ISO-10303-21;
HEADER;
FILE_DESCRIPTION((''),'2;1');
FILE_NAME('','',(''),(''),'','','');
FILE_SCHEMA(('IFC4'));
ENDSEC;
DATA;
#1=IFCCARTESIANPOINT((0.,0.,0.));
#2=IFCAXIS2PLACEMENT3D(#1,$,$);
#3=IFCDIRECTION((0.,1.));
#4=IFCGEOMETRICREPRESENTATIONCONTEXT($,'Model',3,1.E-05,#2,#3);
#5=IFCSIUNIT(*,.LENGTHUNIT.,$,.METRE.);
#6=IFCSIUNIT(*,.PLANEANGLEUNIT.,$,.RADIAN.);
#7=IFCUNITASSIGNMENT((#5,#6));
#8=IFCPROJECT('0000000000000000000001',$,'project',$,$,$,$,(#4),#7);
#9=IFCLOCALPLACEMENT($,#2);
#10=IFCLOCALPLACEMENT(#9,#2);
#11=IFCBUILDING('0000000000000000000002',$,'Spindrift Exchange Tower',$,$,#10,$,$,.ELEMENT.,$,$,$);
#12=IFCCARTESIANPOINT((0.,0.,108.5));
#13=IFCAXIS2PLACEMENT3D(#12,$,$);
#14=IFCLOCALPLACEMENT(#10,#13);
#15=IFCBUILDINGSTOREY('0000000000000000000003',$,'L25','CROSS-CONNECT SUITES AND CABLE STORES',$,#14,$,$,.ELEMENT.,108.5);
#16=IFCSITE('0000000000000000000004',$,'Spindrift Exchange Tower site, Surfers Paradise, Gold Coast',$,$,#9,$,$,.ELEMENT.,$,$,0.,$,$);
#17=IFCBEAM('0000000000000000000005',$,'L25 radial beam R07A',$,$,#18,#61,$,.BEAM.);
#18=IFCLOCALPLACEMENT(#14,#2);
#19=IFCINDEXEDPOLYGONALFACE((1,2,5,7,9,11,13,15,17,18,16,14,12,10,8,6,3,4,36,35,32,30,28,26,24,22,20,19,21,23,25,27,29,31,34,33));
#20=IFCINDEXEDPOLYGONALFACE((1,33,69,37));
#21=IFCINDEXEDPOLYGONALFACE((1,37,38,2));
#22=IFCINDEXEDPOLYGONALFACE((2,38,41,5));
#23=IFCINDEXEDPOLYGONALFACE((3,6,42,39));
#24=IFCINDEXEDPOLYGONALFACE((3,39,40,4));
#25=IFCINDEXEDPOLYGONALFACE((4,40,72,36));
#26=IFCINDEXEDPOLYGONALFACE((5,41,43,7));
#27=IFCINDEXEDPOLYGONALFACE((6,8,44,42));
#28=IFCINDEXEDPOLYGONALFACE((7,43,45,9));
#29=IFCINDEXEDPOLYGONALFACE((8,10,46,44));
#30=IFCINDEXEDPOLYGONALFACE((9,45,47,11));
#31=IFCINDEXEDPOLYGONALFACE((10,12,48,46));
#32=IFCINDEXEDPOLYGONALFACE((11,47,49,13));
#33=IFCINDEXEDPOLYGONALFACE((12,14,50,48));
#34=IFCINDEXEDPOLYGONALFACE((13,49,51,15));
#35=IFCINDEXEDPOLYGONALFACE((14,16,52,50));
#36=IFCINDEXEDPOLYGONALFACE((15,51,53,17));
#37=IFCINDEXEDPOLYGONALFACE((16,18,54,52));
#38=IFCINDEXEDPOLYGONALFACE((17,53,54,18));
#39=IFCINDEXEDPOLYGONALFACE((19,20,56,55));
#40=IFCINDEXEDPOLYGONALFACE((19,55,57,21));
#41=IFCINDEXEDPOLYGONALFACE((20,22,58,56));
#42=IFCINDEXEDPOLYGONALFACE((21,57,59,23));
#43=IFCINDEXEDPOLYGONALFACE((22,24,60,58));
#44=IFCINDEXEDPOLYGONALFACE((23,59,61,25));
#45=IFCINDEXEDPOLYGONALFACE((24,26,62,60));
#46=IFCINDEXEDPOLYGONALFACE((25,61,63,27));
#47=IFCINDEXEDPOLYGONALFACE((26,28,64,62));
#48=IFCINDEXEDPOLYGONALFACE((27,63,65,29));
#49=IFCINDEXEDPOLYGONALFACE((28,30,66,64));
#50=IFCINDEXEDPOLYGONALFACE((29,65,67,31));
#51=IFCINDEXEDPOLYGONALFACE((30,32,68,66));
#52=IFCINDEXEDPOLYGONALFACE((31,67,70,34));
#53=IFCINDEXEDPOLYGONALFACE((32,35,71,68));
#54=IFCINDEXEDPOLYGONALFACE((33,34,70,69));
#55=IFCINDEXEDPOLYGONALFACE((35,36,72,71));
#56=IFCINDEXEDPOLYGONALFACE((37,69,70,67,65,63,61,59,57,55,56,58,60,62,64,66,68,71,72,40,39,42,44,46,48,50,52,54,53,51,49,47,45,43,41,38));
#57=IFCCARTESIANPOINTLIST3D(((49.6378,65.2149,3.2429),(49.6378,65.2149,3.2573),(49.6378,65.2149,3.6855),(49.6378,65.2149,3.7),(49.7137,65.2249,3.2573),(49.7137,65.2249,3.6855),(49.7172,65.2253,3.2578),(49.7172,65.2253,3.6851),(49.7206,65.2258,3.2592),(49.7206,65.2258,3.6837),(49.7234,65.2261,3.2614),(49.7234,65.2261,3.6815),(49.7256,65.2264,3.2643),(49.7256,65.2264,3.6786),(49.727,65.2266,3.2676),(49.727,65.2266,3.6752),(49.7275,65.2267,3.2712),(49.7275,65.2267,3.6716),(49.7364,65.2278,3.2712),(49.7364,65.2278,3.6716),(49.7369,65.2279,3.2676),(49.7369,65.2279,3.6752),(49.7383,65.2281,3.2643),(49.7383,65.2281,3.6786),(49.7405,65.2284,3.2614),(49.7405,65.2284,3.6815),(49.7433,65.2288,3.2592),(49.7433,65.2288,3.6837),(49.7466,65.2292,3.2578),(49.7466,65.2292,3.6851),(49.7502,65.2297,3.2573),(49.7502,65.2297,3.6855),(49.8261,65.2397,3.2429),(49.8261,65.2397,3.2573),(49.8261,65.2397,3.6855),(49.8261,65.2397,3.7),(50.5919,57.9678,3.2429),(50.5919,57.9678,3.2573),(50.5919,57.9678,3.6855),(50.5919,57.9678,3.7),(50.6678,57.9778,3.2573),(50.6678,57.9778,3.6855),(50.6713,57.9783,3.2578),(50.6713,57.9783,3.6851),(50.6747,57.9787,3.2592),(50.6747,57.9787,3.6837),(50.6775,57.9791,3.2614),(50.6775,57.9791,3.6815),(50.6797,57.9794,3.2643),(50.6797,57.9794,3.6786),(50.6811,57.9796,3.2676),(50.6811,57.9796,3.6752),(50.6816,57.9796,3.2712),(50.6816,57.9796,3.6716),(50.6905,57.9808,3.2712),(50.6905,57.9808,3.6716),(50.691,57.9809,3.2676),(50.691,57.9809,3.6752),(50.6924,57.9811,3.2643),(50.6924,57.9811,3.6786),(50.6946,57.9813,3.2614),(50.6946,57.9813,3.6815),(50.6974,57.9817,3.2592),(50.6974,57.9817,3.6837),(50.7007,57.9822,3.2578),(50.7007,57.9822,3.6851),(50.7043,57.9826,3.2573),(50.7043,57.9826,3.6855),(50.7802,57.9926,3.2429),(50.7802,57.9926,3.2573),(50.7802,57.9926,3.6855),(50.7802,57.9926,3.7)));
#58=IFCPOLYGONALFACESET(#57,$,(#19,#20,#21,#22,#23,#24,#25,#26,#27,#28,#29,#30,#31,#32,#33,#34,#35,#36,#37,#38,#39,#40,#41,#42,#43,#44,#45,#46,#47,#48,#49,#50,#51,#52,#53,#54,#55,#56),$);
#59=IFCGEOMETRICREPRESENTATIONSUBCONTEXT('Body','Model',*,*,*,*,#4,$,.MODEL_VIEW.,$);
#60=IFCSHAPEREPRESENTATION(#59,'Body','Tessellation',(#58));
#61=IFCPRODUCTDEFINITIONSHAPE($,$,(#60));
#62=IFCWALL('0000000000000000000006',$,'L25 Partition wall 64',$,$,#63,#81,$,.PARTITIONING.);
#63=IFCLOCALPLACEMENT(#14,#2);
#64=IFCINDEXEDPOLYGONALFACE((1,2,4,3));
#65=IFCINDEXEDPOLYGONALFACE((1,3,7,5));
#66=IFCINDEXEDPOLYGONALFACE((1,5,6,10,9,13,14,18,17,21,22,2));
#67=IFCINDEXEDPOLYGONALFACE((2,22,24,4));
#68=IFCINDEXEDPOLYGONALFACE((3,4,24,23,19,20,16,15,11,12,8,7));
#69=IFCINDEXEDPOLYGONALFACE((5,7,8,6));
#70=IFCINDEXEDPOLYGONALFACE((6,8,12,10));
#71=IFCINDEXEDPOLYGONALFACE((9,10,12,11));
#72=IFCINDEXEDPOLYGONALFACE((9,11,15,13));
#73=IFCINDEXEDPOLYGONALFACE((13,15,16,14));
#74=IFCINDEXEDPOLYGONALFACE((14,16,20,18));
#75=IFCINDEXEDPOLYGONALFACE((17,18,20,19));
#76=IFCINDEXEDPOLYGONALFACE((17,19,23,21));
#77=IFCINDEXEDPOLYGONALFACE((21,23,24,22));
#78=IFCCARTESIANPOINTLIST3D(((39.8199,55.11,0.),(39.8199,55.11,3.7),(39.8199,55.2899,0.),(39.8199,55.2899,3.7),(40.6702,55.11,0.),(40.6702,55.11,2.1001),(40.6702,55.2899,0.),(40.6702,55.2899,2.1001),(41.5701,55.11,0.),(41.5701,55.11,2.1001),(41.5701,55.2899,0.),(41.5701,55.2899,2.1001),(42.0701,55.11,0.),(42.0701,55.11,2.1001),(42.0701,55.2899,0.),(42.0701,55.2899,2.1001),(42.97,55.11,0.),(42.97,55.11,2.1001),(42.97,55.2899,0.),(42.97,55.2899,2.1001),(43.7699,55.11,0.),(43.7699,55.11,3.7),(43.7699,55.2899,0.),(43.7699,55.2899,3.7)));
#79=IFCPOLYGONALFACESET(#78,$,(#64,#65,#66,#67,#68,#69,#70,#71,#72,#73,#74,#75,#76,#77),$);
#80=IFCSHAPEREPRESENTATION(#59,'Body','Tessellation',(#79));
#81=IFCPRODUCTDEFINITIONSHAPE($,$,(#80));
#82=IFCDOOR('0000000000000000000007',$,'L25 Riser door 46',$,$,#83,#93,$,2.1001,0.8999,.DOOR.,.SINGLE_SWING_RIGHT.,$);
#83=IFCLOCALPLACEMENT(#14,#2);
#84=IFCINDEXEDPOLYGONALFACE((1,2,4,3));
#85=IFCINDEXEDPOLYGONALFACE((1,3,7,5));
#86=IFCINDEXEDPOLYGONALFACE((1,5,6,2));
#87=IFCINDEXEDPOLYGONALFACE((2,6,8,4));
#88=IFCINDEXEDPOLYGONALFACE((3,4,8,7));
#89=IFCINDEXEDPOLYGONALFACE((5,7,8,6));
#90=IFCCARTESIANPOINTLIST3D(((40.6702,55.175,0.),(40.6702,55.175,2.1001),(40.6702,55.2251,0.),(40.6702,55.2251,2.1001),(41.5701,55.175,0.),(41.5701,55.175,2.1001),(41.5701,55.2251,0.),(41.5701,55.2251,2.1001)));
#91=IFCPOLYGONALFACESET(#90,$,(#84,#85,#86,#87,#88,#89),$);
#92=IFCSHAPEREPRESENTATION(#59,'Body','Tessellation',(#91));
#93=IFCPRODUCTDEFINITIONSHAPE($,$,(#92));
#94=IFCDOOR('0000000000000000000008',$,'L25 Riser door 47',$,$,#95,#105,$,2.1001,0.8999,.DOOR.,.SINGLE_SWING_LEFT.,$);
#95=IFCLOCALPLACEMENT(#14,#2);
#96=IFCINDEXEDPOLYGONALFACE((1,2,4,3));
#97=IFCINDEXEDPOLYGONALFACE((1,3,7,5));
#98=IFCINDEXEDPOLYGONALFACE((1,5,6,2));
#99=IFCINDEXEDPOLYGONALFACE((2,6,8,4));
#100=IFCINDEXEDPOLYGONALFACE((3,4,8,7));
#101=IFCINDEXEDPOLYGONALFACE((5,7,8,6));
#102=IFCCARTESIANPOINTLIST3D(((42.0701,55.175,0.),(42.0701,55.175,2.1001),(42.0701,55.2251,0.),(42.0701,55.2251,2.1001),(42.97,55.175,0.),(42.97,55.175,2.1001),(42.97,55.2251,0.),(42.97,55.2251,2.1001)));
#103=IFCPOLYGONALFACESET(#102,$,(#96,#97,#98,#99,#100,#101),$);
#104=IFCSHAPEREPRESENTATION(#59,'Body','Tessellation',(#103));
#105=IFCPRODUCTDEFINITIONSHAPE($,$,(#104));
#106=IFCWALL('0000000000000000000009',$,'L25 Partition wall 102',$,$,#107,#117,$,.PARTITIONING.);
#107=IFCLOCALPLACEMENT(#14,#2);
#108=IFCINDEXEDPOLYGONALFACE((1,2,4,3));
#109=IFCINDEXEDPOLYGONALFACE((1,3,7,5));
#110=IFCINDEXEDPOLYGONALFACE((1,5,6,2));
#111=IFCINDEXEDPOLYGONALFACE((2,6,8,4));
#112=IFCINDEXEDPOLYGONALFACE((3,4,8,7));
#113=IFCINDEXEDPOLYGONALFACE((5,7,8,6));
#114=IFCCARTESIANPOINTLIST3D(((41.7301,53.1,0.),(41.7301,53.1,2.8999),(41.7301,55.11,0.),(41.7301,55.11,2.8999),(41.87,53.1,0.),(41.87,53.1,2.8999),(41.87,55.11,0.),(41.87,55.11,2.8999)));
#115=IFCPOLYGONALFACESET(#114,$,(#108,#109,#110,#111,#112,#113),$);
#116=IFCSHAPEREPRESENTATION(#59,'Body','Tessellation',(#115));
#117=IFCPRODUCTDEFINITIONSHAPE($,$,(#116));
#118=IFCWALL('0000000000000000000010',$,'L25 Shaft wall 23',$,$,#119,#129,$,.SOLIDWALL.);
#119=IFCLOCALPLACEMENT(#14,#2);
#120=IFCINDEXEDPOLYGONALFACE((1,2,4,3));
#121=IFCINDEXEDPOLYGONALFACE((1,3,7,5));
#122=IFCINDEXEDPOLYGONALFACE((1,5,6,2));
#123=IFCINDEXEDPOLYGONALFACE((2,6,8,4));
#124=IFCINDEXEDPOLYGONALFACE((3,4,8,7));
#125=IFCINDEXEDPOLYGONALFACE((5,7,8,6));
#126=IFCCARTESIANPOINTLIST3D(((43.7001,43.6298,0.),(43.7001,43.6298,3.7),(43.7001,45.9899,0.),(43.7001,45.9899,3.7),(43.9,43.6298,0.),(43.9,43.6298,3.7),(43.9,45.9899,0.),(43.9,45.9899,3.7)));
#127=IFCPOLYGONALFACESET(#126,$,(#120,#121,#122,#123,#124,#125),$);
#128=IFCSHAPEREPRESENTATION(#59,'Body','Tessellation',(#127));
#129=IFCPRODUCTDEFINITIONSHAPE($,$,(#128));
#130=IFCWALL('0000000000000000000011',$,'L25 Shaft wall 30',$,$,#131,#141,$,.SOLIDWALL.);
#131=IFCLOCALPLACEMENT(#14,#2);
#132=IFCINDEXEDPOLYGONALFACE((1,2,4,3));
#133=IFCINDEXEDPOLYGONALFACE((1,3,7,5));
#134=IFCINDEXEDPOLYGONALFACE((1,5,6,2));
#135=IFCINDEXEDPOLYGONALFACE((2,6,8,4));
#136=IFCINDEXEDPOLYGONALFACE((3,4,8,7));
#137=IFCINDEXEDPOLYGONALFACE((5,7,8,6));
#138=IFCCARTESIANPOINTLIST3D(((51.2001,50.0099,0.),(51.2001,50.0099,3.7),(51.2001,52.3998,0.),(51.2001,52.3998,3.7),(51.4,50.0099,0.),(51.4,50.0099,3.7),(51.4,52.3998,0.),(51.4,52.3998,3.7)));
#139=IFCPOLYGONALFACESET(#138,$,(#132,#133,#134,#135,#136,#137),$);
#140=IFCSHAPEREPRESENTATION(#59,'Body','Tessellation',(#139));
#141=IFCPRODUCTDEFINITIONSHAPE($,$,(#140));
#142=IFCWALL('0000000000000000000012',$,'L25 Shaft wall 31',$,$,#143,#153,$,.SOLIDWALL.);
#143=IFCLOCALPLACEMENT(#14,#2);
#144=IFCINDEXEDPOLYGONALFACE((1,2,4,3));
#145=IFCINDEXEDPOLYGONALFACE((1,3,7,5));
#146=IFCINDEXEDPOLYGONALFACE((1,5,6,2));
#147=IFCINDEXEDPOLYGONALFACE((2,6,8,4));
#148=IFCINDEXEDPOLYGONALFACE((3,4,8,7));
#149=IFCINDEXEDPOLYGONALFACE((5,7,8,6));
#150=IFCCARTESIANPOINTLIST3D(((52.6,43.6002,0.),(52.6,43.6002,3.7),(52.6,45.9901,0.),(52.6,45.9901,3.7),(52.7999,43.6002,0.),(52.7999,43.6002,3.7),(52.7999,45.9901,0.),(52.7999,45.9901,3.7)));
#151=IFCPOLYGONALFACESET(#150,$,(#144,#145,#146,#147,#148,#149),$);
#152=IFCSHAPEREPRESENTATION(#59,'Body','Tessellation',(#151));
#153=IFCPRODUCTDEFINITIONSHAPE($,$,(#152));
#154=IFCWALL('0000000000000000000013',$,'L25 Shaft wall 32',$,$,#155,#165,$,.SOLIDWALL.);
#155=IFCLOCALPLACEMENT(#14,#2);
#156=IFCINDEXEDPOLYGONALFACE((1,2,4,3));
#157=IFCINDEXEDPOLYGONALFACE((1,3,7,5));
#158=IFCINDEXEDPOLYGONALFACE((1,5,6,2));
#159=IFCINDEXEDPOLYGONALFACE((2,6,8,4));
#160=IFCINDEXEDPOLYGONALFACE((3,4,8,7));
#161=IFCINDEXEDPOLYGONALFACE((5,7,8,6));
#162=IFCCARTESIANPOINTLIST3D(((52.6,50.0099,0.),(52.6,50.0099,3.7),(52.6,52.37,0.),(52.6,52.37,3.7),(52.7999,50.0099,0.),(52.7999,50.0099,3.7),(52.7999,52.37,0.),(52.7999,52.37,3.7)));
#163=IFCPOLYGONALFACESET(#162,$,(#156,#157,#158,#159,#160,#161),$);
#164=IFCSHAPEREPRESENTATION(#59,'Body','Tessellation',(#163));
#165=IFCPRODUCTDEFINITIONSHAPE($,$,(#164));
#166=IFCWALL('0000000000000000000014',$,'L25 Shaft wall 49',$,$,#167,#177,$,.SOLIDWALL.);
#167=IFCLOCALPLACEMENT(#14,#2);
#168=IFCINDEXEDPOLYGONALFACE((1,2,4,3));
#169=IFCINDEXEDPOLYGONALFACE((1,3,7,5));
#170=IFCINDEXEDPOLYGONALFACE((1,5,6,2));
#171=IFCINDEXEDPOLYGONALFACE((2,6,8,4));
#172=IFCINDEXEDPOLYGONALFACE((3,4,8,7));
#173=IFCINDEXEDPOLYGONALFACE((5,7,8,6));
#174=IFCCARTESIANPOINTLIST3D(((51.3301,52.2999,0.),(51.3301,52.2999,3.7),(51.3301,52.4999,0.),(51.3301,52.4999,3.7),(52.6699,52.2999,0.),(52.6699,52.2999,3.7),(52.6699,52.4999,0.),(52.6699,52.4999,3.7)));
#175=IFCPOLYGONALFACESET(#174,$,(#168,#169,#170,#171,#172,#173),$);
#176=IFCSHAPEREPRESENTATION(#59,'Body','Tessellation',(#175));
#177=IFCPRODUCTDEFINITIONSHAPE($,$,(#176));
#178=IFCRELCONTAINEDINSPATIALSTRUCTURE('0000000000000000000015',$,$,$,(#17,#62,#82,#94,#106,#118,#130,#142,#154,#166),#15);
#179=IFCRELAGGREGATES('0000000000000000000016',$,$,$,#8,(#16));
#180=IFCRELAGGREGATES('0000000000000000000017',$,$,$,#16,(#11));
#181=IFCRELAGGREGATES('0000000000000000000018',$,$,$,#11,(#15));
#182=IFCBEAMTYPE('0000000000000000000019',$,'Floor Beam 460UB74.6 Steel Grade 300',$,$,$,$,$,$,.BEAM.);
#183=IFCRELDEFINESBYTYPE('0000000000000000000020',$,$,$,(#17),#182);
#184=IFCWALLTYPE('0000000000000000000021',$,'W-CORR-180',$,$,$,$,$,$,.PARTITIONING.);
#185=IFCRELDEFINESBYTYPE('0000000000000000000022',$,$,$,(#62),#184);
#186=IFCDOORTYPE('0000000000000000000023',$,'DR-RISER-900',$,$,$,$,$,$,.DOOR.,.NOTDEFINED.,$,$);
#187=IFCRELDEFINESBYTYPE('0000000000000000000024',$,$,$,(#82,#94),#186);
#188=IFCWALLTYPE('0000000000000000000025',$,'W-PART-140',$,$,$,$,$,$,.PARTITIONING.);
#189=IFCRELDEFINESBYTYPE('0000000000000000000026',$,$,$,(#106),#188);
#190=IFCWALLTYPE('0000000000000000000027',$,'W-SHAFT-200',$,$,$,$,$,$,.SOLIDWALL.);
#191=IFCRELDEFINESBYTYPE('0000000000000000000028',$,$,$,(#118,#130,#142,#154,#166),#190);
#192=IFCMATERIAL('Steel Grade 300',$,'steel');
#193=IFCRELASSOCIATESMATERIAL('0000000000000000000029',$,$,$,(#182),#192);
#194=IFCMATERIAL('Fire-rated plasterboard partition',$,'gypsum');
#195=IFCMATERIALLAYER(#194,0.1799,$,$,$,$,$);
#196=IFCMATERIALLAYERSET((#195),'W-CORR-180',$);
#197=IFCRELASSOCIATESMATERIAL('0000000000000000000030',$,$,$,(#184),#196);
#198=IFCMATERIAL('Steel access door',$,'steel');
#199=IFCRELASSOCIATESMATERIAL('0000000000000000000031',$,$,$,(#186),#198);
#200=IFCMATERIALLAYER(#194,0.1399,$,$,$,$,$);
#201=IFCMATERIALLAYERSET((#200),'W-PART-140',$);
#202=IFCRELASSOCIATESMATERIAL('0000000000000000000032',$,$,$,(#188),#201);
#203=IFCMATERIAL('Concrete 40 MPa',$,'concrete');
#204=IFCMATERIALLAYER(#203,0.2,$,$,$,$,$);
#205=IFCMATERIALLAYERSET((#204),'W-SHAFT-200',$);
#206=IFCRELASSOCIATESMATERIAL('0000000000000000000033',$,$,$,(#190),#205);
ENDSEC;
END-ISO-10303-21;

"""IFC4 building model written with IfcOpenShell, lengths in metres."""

from ifc_helpers import new_model, si_unit, direction, frame, frame_2d, origin, origin_2d, place, context, subcontext, project, spatial, rectangle, i_section, extrude, source, transform, mapped, material, layer, layer_set, material_profile, profile_set, type_object, element, fill, save


model = new_model("IFC4")

# Units and contexts
model_context = context("Model", 3, precision=1e-05, world=origin(), true_north=direction((0.0, 1.0)))
body_context = subcontext(model_context, "Body", "Model", "MODEL_VIEW")
ifc_project = project(units=[si_unit("LENGTHUNIT", "METRE"), si_unit("PLANEANGLEUNIT", "RADIAN")], contexts=[model_context])

# Site, building, storey
site_placement = place(None, origin())
site = spatial("IfcSite", under=ifc_project, at=site_placement, Name="Spindrift Exchange Tower site, Surfers Paradise, Gold Coast", CompositionType="ELEMENT", RefElevation=0.0)
building_placement = place(site_placement, origin())
building = spatial("IfcBuilding", under=site, at=building_placement, Name="Spindrift Exchange Tower", CompositionType="ELEMENT")
storey_placement = place(building_placement, frame((0.0, 0.0, 108.5)))
storey = spatial("IfcBuildingStorey", under=building, at=storey_placement, Name="L25", Description="CROSS-CONNECT SUITES AND CABLE STORES", CompositionType="ELEMENT", Elevation=108.5)

# Beam
ifc_material_1 = material(Name="Steel Grade 300", Category="steel")
ifc_material_profile = material_profile(ifc_material_1, i_section(OverallWidth=0.1899, OverallDepth=0.457, WebThickness=0.009, FlangeThickness=0.0144, FilletRadius=0.0139, at=origin_2d()), Name="460UB74.6")
ifc_profile_set = profile_set([ifc_material_profile], Name="Steel Grade 300")
beam_type = type_object("IfcBeamType", Name="Floor Beam 460UB74.6 Steel Grade 300", PredefinedType="BEAM", material=ifc_profile_set)
shared_shape_1 = source(origin(), body_context, "Body", "SweptSolid", [
    extrude(i_section(OverallWidth=0.1899, OverallDepth=0.457, WebThickness=0.009, FlangeThickness=0.0144, FilletRadius=0.0139, at=origin_2d()), origin(), (0.0, 0.0, 1.0), 7.3096),
])
beam_placement = place(storey_placement, frame((50.686, 57.9802, 3.4714), z_axis=(-0.130527, 0.991445, 0.0), x_axis=(-0.991445, -0.130527, 0.0)))
element("IfcBeam", 1, at=beam_placement, inside=storey, type_object=beam_type, Name="L25 radial beam R07A", PredefinedType="BEAM", context=body_context, shape_type="MappedRepresentation", body=[
    mapped(shared_shape_1, transform((0.0, 0.0, 0.0), scale=1.0)),
])

# Wall, openings, doors
ifc_material_2 = material(Name="Fire-rated plasterboard partition", Category="gypsum")
ifc_layer_1 = layer(ifc_material_2, 0.1799)
ifc_layer_set_1 = layer_set([ifc_layer_1], Name="W-CORR-180")
wall_type_1 = type_object("IfcWallType", Name="W-CORR-180", PredefinedType="PARTITIONING", material=ifc_layer_set_1)
wall_1_placement = place(storey_placement, frame((43.77, 55.2, 0.0), z_axis=(0.0, 0.0, 1.0), x_axis=(-1.0, 0.0, 0.0)))
wall_1 = element("IfcWall", 2, at=wall_1_placement, inside=storey, type_object=wall_type_1, Name="L25 Partition wall 64", PredefinedType="PARTITIONING", context=body_context, shape_type="SweptSolid", body=[
    extrude(rectangle(XDim=3.95, YDim=0.1799, at=frame_2d((1.9751, 0.0))), origin(), (0.0, 0.0, 1.0), 3.7),
])
opening_1_placement = place(wall_1_placement, frame((2.2, 0.0, 0.0)))
opening_1 = element("IfcOpeningElement", 3, at=opening_1_placement, cuts=wall_1, PredefinedType="OPENING", context=body_context, shape_type="SweptSolid", body=[
    extrude(rectangle(XDim=0.8999, YDim=2.1001, at=frame_2d((0.45, 1.05))), frame((0.0, 0.0999, 0.0), z_axis=(0.0, -1.0, 0.0), x_axis=(1.0, 0.0, 0.0)), (0.0, 0.0, 1.0), 0.2),
])
opening_2_placement = place(wall_1_placement, frame((0.8, 0.0, 0.0)))
opening_2 = element("IfcOpeningElement", 4, at=opening_2_placement, cuts=wall_1, PredefinedType="OPENING", context=body_context, shape_type="SweptSolid", body=[
    extrude(rectangle(XDim=0.8999, YDim=2.1001, at=frame_2d((0.45, 1.05))), frame((0.0, 0.0999, 0.0), z_axis=(0.0, -1.0, 0.0), x_axis=(1.0, 0.0, 0.0)), (0.0, 0.0, 1.0), 0.2),
])
ifc_material_3 = material(Name="Steel access door", Category="steel")
door_type_1 = type_object("IfcDoorType", Name="DR-RISER-900", OperationType="NOTDEFINED", PredefinedType="DOOR", material=ifc_material_3)
shared_shape_2 = source(origin(), body_context, "Body", "SweptSolid", [
    extrude(rectangle(XDim=0.8999, YDim=2.1001, at=frame_2d((0.45, 1.05))), frame((0.0, 0.0249, 0.0), z_axis=(0.0, -1.0, 0.0), x_axis=(1.0, 0.0, 0.0)), (0.0, 0.0, 1.0), 0.05),
])
door_1_placement = place(opening_1_placement, origin())
door_1 = element("IfcDoor", 5, at=door_1_placement, inside=storey, type_object=door_type_1, Name="L25 Riser door 46", OperationType="SINGLE_SWING_RIGHT", OverallHeight=2.1001, OverallWidth=0.8999, PredefinedType="DOOR", context=body_context, shape_type="MappedRepresentation", body=[
    mapped(shared_shape_2, transform((0.0, 0.0, 0.0), scale=1.0)),
])
fill(opening_1, door_1)
door_2_placement = place(opening_2_placement, origin())
door_2 = element("IfcDoor", 6, at=door_2_placement, inside=storey, type_object=door_type_1, Name="L25 Riser door 47", OperationType="SINGLE_SWING_LEFT", OverallHeight=2.1001, OverallWidth=0.8999, PredefinedType="DOOR", context=body_context, shape_type="MappedRepresentation", body=[
    mapped(shared_shape_2, transform((0.0, 0.0, 0.0), scale=1.0)),
])
fill(opening_2, door_2)

# Walls
ifc_layer_2 = layer(ifc_material_2, 0.1399)
ifc_layer_set_2 = layer_set([ifc_layer_2], Name="W-PART-140")
wall_type_2 = type_object("IfcWallType", Name="W-PART-140", PredefinedType="PARTITIONING", material=ifc_layer_set_2)
wall_2_placement = place(storey_placement, frame((41.8, 53.1001, 0.0), z_axis=(0.0, 0.0, 1.0), x_axis=(0.0, 1.0, 0.0)))
element("IfcWall", 7, at=wall_2_placement, inside=storey, type_object=wall_type_2, Name="L25 Partition wall 102", PredefinedType="PARTITIONING", context=body_context, shape_type="SweptSolid", body=[
    extrude(rectangle(XDim=2.01, YDim=0.1399, at=frame_2d((1.0049, 0.0))), origin(), (0.0, 0.0, 1.0), 2.8999),
])
ifc_material_4 = material(Name="Concrete 40 MPa", Category="concrete")
ifc_layer_3 = layer(ifc_material_4, 0.2)
ifc_layer_set_3 = layer_set([ifc_layer_3], Name="W-SHAFT-200")
wall_type_3 = type_object("IfcWallType", Name="W-SHAFT-200", PredefinedType="SOLIDWALL", material=ifc_layer_set_3)
wall_3_placement = place(storey_placement, frame((43.8, 45.99, 0.0), z_axis=(0.0, 0.0, 1.0), x_axis=(0.0, -1.0, 0.0)))
element("IfcWall", 8, at=wall_3_placement, inside=storey, type_object=wall_type_3, Name="L25 Shaft wall 23", PredefinedType="SOLIDWALL", context=body_context, shape_type="SweptSolid", body=[
    extrude(rectangle(XDim=2.3601, YDim=0.2, at=frame_2d((1.1802, 0.0))), origin(), (0.0, 0.0, 1.0), 3.7),
])
for number, where, z_axis, x_axis, name in (
    (9, (51.3, 50.01, 0.0), (0.0, 0.0, 1.0), (0.0, 1.0, 0.0), "L25 Shaft wall 30"),
    (10, (52.7, 45.99, 0.0), (0.0, 0.0, 1.0), (0.0, -1.0, 0.0), "L25 Shaft wall 31"),
):
    element("IfcWall", number, at=place(storey_placement, frame(where, z_axis=z_axis, x_axis=x_axis)), inside=storey, type_object=wall_type_3, Name=name, PredefinedType="SOLIDWALL", context=body_context, shape_type="SweptSolid", body=[
        extrude(rectangle(XDim=2.3899, YDim=0.2, at=frame_2d((1.1948, 0.0))), origin(), (0.0, 0.0, 1.0), 3.7),
    ])
wall_4_placement = place(storey_placement, frame((52.7, 52.3701, 0.0), z_axis=(0.0, 0.0, 1.0), x_axis=(0.0, -1.0, 0.0)))
element("IfcWall", 11, at=wall_4_placement, inside=storey, type_object=wall_type_3, Name="L25 Shaft wall 32", PredefinedType="SOLIDWALL", context=body_context, shape_type="SweptSolid", body=[
    extrude(rectangle(XDim=2.3601, YDim=0.2, at=frame_2d((1.1802, 0.0))), origin(), (0.0, 0.0, 1.0), 3.7),
])
wall_5_placement = place(storey_placement, frame((51.3301, 52.3999, 0.0), z_axis=(0.0, 0.0, 1.0), x_axis=(1.0, 0.0, 0.0)))
element("IfcWall", 12, at=wall_5_placement, inside=storey, type_object=wall_type_3, Name="L25 Shaft wall 49", PredefinedType="SOLIDWALL", context=body_context, shape_type="SweptSolid", body=[
    extrude(rectangle(XDim=1.3398, YDim=0.2, at=frame_2d((0.6699, 0.0))), origin(), (0.0, 0.0, 1.0), 3.7),
])

save(model, "model.ifc")
